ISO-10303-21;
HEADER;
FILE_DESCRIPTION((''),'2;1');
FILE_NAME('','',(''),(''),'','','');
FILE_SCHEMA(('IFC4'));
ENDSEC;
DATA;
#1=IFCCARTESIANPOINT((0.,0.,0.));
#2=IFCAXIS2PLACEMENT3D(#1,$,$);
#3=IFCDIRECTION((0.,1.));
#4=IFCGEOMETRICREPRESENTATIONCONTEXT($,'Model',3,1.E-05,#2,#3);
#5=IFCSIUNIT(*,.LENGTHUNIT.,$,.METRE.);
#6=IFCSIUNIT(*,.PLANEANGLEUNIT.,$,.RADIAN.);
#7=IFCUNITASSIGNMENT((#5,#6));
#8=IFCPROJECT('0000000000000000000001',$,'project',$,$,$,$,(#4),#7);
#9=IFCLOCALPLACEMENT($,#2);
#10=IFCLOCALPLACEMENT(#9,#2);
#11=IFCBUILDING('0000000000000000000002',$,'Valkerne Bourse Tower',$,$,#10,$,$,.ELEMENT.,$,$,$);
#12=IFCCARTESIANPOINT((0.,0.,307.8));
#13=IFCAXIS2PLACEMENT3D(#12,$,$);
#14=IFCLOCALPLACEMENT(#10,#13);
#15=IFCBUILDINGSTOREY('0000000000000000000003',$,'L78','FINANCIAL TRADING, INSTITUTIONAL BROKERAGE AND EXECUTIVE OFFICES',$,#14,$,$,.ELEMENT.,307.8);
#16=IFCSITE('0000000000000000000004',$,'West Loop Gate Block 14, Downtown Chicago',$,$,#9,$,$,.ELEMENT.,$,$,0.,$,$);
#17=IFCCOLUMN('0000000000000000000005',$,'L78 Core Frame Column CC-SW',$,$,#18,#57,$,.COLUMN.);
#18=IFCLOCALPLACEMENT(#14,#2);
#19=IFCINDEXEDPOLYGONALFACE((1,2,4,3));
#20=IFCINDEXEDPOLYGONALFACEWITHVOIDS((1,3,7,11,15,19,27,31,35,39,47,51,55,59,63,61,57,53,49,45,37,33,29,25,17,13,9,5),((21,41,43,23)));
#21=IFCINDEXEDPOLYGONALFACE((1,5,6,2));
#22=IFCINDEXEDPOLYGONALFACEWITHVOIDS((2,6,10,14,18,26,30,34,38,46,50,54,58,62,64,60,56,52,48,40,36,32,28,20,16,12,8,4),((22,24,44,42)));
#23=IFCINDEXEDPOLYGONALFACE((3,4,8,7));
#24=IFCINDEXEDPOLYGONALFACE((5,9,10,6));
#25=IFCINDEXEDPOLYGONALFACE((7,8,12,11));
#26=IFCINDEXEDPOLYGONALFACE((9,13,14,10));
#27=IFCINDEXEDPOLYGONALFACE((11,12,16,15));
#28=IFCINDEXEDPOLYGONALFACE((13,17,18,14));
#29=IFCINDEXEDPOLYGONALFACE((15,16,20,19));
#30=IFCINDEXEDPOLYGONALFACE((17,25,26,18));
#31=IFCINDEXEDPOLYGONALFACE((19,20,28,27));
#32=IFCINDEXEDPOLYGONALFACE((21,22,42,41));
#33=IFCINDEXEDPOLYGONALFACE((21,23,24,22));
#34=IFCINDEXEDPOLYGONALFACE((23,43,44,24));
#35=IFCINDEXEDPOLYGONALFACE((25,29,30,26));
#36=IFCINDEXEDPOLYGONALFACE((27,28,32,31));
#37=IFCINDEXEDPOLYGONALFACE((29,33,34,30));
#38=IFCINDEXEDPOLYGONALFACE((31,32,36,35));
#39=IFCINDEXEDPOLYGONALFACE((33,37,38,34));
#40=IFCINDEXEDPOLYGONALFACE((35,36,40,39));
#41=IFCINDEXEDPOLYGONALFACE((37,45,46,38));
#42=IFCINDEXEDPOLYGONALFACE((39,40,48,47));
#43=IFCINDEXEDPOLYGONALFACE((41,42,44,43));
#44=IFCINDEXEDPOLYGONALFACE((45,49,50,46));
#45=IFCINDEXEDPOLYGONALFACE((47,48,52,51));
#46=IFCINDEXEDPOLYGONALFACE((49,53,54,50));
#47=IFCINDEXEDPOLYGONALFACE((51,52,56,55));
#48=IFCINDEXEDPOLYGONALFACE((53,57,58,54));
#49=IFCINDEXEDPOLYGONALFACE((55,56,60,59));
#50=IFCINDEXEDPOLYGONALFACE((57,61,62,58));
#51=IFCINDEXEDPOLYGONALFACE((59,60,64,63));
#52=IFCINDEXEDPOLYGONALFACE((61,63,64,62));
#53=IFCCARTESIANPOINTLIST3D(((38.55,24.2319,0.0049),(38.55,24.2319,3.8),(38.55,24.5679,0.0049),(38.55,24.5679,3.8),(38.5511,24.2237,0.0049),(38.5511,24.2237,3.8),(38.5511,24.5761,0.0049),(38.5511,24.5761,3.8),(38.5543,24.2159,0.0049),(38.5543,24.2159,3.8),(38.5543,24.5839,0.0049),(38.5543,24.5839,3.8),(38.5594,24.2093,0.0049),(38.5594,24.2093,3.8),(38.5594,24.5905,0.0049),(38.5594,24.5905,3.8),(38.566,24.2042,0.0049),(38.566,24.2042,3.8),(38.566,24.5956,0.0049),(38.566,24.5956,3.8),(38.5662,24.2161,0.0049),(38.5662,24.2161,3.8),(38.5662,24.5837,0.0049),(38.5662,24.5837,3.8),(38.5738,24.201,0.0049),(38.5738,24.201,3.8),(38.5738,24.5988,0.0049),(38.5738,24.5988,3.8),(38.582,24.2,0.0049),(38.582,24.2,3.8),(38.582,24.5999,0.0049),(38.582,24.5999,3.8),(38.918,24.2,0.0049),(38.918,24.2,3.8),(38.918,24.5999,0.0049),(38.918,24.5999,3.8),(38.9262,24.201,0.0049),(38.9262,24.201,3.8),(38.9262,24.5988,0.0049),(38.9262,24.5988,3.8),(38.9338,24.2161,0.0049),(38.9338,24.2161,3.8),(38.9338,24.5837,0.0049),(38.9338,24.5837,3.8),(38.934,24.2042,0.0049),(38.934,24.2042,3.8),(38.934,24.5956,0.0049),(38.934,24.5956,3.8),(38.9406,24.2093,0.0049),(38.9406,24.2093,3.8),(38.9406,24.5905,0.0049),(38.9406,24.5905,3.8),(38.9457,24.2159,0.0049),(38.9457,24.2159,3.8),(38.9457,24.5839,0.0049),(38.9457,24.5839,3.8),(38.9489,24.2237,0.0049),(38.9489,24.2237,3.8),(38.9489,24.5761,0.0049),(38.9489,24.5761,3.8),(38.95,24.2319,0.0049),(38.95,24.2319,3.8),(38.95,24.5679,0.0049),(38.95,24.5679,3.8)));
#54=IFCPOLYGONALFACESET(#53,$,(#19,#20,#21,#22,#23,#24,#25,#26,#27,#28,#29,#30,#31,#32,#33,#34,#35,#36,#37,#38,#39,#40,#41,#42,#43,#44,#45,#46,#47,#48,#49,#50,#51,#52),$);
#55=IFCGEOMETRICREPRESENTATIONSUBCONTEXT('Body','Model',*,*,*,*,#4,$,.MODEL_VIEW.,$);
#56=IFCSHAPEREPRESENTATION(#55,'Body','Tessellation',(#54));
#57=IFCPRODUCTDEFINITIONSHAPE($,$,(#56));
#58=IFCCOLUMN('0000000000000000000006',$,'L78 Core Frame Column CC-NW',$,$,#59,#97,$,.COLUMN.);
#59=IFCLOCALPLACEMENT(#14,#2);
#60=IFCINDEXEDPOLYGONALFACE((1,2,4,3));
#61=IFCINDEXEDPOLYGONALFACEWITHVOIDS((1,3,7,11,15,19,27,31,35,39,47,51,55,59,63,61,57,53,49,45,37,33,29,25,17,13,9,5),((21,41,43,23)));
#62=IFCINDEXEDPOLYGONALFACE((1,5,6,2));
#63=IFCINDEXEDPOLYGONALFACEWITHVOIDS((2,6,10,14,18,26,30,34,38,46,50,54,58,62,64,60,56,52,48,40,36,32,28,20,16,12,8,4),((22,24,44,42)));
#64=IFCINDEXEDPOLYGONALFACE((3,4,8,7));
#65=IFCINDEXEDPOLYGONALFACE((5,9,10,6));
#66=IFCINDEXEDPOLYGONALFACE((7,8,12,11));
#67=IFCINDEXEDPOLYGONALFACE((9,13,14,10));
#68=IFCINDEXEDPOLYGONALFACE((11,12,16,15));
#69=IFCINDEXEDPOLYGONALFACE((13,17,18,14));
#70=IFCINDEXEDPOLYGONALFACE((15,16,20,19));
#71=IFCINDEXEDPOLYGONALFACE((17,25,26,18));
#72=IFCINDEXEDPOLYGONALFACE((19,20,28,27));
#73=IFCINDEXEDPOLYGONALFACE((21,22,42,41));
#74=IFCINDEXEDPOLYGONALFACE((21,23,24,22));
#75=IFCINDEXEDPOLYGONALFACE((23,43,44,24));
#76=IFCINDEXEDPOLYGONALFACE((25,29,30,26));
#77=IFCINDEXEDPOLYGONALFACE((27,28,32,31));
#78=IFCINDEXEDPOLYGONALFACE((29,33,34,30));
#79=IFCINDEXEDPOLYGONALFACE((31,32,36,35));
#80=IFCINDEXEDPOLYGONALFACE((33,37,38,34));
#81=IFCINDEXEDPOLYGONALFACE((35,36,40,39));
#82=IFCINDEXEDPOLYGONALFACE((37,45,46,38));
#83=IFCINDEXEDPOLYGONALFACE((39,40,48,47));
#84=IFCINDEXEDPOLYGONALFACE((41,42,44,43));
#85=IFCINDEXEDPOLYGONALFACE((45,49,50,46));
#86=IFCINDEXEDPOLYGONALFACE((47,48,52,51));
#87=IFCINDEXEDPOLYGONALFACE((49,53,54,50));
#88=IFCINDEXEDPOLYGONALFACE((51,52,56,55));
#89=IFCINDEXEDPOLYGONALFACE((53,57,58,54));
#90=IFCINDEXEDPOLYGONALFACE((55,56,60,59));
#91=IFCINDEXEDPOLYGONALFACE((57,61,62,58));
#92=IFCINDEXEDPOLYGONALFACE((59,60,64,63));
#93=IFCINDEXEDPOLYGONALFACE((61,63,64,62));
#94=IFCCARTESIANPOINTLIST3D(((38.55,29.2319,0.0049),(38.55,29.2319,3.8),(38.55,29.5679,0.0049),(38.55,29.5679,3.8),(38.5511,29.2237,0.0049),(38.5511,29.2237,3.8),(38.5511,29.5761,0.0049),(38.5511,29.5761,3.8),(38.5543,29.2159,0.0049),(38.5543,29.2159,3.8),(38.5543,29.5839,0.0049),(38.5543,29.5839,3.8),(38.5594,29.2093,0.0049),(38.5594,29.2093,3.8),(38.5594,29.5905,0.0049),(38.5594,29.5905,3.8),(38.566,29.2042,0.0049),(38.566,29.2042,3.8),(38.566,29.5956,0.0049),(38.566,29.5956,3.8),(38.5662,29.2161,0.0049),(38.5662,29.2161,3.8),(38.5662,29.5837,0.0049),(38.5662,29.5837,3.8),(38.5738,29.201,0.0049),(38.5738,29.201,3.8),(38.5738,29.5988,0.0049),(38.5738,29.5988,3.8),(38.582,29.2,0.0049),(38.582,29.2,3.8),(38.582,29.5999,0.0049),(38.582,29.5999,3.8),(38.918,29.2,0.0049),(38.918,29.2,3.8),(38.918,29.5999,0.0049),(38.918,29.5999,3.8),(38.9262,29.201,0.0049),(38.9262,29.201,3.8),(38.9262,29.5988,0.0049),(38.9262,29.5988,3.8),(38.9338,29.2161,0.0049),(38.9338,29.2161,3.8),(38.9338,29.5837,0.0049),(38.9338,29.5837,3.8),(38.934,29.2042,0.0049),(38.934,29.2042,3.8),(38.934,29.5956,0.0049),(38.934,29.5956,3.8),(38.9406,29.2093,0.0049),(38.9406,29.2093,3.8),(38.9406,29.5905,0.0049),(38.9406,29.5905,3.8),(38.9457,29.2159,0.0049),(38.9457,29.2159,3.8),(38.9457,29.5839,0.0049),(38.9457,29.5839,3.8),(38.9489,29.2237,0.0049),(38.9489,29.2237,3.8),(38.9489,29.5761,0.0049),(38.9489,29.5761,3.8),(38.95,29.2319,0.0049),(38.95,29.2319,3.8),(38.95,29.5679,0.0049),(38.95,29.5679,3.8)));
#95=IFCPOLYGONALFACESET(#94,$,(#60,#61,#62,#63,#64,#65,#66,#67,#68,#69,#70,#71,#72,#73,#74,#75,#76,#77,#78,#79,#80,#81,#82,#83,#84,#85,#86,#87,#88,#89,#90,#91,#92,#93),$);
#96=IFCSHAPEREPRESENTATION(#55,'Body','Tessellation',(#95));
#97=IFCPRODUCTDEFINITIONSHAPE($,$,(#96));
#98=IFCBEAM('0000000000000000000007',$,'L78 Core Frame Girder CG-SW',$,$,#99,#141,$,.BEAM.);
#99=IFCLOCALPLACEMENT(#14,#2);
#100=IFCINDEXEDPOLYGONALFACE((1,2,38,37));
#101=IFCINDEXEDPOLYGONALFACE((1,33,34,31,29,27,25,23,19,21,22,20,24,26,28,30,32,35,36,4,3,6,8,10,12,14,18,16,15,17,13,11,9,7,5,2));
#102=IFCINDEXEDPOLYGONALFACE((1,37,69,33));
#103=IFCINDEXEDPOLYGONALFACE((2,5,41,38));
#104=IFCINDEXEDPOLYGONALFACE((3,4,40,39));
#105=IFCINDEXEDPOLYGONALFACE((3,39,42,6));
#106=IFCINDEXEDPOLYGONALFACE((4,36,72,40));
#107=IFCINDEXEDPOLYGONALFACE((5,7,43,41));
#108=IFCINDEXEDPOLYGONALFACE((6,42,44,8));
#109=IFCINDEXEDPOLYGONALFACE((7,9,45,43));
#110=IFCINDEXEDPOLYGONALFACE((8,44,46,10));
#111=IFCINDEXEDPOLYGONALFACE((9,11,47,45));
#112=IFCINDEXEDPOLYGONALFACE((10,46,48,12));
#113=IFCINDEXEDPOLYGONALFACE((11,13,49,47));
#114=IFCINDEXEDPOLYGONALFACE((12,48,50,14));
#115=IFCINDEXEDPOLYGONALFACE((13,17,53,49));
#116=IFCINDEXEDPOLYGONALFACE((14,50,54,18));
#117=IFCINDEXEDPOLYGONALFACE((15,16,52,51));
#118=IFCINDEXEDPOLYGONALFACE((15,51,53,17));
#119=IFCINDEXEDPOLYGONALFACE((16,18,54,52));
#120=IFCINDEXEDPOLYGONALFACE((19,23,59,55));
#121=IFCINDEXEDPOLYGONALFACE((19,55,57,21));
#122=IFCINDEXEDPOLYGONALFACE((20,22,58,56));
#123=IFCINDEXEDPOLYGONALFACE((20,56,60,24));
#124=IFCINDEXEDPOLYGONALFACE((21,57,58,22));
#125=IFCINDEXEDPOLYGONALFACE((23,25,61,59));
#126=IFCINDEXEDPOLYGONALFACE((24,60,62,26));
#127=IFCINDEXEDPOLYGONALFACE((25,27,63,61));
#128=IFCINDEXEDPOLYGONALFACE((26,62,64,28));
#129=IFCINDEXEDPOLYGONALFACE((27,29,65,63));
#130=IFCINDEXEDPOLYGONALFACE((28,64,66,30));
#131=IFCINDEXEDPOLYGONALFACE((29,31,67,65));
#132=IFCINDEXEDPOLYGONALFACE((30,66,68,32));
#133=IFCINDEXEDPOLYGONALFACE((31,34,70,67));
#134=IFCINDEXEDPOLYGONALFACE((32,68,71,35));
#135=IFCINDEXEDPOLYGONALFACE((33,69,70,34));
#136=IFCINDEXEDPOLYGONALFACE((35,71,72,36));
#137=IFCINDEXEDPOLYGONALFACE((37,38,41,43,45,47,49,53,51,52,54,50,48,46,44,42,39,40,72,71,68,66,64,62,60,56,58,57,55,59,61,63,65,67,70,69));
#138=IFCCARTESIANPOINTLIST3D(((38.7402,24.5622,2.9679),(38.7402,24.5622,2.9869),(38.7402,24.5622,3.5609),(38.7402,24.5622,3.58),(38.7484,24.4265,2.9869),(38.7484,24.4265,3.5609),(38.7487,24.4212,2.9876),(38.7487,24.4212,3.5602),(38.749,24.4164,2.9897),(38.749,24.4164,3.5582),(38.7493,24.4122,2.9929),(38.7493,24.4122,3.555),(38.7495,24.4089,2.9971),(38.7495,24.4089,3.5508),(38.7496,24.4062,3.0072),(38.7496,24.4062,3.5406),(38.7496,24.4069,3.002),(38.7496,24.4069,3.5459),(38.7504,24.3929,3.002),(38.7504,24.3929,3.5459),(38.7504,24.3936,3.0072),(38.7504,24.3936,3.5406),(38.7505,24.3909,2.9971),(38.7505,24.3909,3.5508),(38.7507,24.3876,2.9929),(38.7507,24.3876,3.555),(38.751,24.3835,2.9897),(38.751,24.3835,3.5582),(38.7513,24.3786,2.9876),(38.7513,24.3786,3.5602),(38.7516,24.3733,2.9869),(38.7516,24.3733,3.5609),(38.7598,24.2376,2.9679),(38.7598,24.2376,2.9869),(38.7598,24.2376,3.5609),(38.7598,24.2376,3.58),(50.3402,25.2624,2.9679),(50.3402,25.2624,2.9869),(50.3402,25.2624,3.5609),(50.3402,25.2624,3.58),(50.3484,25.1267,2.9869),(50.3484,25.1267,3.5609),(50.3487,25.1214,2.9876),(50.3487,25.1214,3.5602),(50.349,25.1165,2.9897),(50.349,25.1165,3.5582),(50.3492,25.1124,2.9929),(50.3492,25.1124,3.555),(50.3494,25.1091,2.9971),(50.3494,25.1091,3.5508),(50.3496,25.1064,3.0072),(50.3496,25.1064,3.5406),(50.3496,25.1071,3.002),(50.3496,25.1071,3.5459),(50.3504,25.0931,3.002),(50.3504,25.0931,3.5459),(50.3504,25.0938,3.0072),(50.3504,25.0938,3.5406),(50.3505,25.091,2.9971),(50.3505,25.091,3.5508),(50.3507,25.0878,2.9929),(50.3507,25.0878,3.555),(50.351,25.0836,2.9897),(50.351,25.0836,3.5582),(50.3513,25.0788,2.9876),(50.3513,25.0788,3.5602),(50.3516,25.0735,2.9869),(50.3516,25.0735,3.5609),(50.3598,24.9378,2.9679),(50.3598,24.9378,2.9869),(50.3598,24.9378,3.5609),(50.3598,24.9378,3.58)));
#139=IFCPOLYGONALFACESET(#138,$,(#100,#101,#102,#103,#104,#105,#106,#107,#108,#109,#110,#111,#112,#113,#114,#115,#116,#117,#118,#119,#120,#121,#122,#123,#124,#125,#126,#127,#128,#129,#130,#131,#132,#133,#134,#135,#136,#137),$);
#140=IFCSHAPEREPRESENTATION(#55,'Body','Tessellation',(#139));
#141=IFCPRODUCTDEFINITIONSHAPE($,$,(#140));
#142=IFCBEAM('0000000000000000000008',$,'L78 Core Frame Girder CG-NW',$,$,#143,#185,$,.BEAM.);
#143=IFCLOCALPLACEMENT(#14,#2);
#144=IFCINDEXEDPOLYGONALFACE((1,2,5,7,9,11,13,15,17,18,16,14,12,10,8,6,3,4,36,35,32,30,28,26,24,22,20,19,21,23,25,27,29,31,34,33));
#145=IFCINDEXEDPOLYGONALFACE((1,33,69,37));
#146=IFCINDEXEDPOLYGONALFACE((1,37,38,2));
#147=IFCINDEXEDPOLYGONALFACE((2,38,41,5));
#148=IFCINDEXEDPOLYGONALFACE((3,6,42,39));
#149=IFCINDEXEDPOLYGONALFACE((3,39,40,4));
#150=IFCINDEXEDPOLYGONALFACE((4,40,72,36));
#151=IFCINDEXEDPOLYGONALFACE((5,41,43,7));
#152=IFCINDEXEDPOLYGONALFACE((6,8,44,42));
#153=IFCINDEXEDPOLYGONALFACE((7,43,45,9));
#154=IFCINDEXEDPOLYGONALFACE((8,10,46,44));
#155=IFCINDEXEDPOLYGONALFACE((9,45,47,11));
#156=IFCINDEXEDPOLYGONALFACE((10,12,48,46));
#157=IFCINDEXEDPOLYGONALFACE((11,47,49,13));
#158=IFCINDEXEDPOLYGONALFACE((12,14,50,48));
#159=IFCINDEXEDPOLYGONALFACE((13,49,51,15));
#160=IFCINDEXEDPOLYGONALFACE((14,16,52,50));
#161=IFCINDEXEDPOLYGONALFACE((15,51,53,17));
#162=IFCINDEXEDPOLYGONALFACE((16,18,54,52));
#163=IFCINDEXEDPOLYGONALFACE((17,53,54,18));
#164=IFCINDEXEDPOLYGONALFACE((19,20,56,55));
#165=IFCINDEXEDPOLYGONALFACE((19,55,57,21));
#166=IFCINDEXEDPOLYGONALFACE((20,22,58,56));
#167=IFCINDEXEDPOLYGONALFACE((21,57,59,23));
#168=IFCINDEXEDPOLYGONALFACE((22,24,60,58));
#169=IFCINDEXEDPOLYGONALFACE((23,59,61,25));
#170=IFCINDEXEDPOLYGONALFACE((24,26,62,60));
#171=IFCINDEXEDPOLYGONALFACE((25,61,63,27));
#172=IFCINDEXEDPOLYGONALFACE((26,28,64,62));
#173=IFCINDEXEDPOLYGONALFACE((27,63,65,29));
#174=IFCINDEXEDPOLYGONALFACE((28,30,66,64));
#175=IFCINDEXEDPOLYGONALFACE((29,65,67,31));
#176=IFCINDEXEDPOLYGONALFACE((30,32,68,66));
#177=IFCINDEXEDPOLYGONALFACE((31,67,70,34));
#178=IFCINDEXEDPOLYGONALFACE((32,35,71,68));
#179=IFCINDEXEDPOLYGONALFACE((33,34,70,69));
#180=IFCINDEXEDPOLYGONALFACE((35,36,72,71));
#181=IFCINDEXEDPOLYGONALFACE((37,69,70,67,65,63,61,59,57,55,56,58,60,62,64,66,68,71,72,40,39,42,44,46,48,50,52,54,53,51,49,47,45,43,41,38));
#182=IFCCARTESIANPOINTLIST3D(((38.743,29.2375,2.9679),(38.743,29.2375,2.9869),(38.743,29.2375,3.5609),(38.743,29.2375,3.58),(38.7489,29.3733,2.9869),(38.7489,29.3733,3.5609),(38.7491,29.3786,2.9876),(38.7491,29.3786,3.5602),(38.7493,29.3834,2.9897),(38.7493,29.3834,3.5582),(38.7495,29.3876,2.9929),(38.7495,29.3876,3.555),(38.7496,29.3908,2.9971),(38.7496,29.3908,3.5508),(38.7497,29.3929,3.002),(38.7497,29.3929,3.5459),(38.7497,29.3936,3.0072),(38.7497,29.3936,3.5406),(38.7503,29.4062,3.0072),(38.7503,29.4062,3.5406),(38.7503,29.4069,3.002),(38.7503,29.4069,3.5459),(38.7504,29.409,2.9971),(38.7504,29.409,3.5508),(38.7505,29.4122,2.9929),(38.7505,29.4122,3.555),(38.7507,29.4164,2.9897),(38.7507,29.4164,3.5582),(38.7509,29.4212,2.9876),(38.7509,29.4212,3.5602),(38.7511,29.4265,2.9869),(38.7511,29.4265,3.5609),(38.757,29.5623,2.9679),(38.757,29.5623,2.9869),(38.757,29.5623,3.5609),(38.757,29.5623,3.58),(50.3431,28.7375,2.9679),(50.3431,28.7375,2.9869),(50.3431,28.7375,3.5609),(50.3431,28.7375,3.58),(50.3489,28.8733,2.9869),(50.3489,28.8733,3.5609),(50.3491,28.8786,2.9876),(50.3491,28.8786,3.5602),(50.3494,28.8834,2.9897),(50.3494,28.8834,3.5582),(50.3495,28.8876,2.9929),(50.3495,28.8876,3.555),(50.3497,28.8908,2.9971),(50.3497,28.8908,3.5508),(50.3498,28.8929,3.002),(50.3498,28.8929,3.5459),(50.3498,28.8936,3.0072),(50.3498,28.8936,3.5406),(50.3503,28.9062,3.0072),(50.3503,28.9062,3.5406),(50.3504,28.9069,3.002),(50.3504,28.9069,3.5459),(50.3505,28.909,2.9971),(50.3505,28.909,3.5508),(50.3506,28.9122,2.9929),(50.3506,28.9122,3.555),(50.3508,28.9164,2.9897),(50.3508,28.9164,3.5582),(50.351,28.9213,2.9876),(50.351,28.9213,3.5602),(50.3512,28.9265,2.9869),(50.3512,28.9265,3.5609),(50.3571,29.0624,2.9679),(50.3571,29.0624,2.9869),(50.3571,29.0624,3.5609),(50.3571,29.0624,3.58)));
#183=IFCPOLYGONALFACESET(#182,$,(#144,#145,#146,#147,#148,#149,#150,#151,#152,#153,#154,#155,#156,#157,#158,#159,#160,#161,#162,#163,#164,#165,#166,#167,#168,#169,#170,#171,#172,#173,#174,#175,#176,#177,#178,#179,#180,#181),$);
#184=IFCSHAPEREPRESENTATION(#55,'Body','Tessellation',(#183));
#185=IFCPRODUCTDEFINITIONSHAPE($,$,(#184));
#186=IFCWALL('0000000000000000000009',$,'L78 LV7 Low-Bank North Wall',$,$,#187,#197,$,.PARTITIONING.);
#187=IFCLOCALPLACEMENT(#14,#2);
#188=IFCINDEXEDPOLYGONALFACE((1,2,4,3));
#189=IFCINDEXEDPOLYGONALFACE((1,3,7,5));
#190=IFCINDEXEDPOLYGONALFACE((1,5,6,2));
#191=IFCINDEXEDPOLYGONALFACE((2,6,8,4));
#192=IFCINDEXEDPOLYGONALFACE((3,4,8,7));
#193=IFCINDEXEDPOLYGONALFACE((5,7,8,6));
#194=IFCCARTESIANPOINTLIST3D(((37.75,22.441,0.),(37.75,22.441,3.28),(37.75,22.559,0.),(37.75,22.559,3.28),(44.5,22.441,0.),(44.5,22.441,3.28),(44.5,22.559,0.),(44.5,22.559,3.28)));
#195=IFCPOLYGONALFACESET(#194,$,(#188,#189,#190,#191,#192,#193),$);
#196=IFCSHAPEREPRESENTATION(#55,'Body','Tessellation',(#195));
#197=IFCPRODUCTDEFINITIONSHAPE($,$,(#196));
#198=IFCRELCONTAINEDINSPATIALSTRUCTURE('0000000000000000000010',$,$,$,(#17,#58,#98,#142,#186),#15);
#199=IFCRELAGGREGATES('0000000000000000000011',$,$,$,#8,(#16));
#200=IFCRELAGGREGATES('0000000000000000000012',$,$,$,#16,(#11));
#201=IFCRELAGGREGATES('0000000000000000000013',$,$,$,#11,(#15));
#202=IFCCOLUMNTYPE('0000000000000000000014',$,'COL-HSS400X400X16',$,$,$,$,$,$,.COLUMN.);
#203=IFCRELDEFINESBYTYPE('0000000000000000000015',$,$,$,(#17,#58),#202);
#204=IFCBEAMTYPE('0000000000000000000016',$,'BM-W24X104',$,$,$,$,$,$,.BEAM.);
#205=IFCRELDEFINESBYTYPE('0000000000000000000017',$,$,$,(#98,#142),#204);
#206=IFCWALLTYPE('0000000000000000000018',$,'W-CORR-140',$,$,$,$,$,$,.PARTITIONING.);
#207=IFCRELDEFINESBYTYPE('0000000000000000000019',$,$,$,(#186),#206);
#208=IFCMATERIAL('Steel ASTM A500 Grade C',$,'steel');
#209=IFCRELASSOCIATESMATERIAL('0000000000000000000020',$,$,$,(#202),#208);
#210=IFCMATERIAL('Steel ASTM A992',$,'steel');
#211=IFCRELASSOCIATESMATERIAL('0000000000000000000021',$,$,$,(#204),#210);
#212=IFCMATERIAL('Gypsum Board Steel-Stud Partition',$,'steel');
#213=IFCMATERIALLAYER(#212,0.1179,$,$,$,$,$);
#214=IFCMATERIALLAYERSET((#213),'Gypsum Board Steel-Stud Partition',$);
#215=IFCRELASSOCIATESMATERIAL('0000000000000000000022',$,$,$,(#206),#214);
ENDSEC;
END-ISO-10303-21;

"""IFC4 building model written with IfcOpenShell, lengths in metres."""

from ifc_helpers import new_model, si_unit, direction, frame, frame_2d, origin, origin_2d, place, context, subcontext, project, spatial, rectangle, hollow_rectangle, i_section, extrude, material, layer, layer_set, material_profile, profile_set, type_object, element, save


model = new_model("IFC4")

# Units and contexts
model_context = context("Model", 3, precision=1e-05, world=origin(), true_north=direction((0.0, 1.0)))
body_context = subcontext(model_context, "Body", "Model", "MODEL_VIEW")
ifc_project = project(units=[si_unit("LENGTHUNIT", "METRE"), si_unit("PLANEANGLEUNIT", "RADIAN")], contexts=[model_context])

# Site, building, storey
site_placement = place(None, origin())
site = spatial("IfcSite", under=ifc_project, at=site_placement, Name="West Loop Gate Block 14, Downtown Chicago", CompositionType="ELEMENT", RefElevation=0.0)
building_placement = place(site_placement, origin())
building = spatial("IfcBuilding", under=site, at=building_placement, Name="Valkerne Bourse Tower", CompositionType="ELEMENT")
storey_placement = place(building_placement, frame((0.0, 0.0, 307.8)))
storey = spatial("IfcBuildingStorey", under=building, at=storey_placement, Name="L78", Description="FINANCIAL TRADING, INSTITUTIONAL BROKERAGE AND EXECUTIVE OFFICES", CompositionType="ELEMENT", Elevation=307.8)

# Columns
ifc_material_1 = material(Name="Steel ASTM A500 Grade C", Category="steel")
ifc_material_profile_1 = material_profile(ifc_material_1, hollow_rectangle(XDim=0.3999, YDim=0.3999, WallThickness=0.0161, OuterFilletRadius=0.032, at=origin_2d()), Name="HSS400X400X16")
ifc_profile_set_1 = profile_set([ifc_material_profile_1], Name="Steel ASTM A500 Grade C")
column_type = type_object("IfcColumnType", Name="COL-HSS400X400X16", PredefinedType="COLUMN", material=ifc_profile_set_1)
for number, where, z_axis, x_axis, name in (
    (1, (38.75, 24.3999, 0.0049), (0.0, 0.0, 1.0), (1.0, 0.0, 0.0), "L78 Core Frame Column CC-SW"),
    (2, (38.75, 29.3999, 0.0049), (0.0, 0.0, 1.0), (1.0, 0.0, 0.0), "L78 Core Frame Column CC-NW"),
):
    element("IfcColumn", number, at=place(storey_placement, frame(where, z_axis=z_axis, x_axis=x_axis)), inside=storey, type_object=column_type, Name=name, PredefinedType="COLUMN", context=body_context, shape_type="SweptSolid", body=[
        extrude(hollow_rectangle(XDim=0.3999, YDim=0.3999, WallThickness=0.0161, OuterFilletRadius=0.032, at=origin_2d()), origin(), (0.0, 0.0, 1.0), 3.7952),
    ])

# Beams
ifc_material_2 = material(Name="Steel ASTM A992", Category="steel")
ifc_material_profile_2 = material_profile(ifc_material_2, i_section(OverallWidth=0.3252, OverallDepth=0.6121, WebThickness=0.0127, FlangeThickness=0.019, FilletRadius=0.0203, at=origin_2d()), Name="W24X104")
ifc_profile_set_2 = profile_set([ifc_material_profile_2], Name="Steel ASTM A992")
beam_type = type_object("IfcBeamType", Name="BM-W24X104", PredefinedType="BEAM", material=ifc_profile_set_2)
beam_1_placement = place(storey_placement, frame((38.75, 24.3999, 3.2739), z_axis=(0.998183, 0.060251, 0.0), x_axis=(-0.060251, 0.998183, 0.0)))
element("IfcBeam", 3, at=beam_1_placement, inside=storey, type_object=beam_type, Name="L78 Core Frame Girder CG-SW", PredefinedType="BEAM", context=body_context, shape_type="SweptSolid", body=[
    extrude(i_section(OverallWidth=0.3252, OverallDepth=0.6121, WebThickness=0.0127, FlangeThickness=0.019, FilletRadius=0.0203, at=origin_2d()), origin(), (0.0, 0.0, 1.0), 11.6211),
])
beam_2_placement = place(storey_placement, frame((38.75, 29.3999, 3.2739), z_axis=(0.999072, -0.043063, 0.0), x_axis=(0.043063, 0.999072, 0.0)))
element("IfcBeam", 4, at=beam_2_placement, inside=storey, type_object=beam_type, Name="L78 Core Frame Girder CG-NW", PredefinedType="BEAM", context=body_context, shape_type="SweptSolid", body=[
    extrude(i_section(OverallWidth=0.3252, OverallDepth=0.6121, WebThickness=0.0127, FlangeThickness=0.019, FilletRadius=0.0203, at=origin_2d()), origin(), (0.0, 0.0, 1.0), 11.6108),
])

# Wall
ifc_material_3 = material(Name="Gypsum Board Steel-Stud Partition", Category="steel")
ifc_layer_1 = layer(ifc_material_3, 0.1179)
ifc_layer_set_1 = layer_set([ifc_layer_1], Name="Gypsum Board Steel-Stud Partition")
wall_type_1 = type_object("IfcWallType", Name="W-CORR-140", PredefinedType="PARTITIONING", material=ifc_layer_set_1)
wall_1_placement = place(storey_placement, frame((37.75, 22.5, 0.0), z_axis=(0.0, 0.0, 1.0), x_axis=(1.0, 0.0, 0.0)))
element("IfcWall", 5, at=wall_1_placement, inside=storey, type_object=wall_type_1, Name="L78 LV7 Low-Bank North Wall", PredefinedType="PARTITIONING", context=body_context, shape_type="SweptSolid", body=[
    extrude(rectangle(XDim=6.75, YDim=0.1179, at=frame_2d((3.375, 0.0))), origin(), (0.0, 0.0, 1.0), 3.28),
])

save(model, "model.ifc")
